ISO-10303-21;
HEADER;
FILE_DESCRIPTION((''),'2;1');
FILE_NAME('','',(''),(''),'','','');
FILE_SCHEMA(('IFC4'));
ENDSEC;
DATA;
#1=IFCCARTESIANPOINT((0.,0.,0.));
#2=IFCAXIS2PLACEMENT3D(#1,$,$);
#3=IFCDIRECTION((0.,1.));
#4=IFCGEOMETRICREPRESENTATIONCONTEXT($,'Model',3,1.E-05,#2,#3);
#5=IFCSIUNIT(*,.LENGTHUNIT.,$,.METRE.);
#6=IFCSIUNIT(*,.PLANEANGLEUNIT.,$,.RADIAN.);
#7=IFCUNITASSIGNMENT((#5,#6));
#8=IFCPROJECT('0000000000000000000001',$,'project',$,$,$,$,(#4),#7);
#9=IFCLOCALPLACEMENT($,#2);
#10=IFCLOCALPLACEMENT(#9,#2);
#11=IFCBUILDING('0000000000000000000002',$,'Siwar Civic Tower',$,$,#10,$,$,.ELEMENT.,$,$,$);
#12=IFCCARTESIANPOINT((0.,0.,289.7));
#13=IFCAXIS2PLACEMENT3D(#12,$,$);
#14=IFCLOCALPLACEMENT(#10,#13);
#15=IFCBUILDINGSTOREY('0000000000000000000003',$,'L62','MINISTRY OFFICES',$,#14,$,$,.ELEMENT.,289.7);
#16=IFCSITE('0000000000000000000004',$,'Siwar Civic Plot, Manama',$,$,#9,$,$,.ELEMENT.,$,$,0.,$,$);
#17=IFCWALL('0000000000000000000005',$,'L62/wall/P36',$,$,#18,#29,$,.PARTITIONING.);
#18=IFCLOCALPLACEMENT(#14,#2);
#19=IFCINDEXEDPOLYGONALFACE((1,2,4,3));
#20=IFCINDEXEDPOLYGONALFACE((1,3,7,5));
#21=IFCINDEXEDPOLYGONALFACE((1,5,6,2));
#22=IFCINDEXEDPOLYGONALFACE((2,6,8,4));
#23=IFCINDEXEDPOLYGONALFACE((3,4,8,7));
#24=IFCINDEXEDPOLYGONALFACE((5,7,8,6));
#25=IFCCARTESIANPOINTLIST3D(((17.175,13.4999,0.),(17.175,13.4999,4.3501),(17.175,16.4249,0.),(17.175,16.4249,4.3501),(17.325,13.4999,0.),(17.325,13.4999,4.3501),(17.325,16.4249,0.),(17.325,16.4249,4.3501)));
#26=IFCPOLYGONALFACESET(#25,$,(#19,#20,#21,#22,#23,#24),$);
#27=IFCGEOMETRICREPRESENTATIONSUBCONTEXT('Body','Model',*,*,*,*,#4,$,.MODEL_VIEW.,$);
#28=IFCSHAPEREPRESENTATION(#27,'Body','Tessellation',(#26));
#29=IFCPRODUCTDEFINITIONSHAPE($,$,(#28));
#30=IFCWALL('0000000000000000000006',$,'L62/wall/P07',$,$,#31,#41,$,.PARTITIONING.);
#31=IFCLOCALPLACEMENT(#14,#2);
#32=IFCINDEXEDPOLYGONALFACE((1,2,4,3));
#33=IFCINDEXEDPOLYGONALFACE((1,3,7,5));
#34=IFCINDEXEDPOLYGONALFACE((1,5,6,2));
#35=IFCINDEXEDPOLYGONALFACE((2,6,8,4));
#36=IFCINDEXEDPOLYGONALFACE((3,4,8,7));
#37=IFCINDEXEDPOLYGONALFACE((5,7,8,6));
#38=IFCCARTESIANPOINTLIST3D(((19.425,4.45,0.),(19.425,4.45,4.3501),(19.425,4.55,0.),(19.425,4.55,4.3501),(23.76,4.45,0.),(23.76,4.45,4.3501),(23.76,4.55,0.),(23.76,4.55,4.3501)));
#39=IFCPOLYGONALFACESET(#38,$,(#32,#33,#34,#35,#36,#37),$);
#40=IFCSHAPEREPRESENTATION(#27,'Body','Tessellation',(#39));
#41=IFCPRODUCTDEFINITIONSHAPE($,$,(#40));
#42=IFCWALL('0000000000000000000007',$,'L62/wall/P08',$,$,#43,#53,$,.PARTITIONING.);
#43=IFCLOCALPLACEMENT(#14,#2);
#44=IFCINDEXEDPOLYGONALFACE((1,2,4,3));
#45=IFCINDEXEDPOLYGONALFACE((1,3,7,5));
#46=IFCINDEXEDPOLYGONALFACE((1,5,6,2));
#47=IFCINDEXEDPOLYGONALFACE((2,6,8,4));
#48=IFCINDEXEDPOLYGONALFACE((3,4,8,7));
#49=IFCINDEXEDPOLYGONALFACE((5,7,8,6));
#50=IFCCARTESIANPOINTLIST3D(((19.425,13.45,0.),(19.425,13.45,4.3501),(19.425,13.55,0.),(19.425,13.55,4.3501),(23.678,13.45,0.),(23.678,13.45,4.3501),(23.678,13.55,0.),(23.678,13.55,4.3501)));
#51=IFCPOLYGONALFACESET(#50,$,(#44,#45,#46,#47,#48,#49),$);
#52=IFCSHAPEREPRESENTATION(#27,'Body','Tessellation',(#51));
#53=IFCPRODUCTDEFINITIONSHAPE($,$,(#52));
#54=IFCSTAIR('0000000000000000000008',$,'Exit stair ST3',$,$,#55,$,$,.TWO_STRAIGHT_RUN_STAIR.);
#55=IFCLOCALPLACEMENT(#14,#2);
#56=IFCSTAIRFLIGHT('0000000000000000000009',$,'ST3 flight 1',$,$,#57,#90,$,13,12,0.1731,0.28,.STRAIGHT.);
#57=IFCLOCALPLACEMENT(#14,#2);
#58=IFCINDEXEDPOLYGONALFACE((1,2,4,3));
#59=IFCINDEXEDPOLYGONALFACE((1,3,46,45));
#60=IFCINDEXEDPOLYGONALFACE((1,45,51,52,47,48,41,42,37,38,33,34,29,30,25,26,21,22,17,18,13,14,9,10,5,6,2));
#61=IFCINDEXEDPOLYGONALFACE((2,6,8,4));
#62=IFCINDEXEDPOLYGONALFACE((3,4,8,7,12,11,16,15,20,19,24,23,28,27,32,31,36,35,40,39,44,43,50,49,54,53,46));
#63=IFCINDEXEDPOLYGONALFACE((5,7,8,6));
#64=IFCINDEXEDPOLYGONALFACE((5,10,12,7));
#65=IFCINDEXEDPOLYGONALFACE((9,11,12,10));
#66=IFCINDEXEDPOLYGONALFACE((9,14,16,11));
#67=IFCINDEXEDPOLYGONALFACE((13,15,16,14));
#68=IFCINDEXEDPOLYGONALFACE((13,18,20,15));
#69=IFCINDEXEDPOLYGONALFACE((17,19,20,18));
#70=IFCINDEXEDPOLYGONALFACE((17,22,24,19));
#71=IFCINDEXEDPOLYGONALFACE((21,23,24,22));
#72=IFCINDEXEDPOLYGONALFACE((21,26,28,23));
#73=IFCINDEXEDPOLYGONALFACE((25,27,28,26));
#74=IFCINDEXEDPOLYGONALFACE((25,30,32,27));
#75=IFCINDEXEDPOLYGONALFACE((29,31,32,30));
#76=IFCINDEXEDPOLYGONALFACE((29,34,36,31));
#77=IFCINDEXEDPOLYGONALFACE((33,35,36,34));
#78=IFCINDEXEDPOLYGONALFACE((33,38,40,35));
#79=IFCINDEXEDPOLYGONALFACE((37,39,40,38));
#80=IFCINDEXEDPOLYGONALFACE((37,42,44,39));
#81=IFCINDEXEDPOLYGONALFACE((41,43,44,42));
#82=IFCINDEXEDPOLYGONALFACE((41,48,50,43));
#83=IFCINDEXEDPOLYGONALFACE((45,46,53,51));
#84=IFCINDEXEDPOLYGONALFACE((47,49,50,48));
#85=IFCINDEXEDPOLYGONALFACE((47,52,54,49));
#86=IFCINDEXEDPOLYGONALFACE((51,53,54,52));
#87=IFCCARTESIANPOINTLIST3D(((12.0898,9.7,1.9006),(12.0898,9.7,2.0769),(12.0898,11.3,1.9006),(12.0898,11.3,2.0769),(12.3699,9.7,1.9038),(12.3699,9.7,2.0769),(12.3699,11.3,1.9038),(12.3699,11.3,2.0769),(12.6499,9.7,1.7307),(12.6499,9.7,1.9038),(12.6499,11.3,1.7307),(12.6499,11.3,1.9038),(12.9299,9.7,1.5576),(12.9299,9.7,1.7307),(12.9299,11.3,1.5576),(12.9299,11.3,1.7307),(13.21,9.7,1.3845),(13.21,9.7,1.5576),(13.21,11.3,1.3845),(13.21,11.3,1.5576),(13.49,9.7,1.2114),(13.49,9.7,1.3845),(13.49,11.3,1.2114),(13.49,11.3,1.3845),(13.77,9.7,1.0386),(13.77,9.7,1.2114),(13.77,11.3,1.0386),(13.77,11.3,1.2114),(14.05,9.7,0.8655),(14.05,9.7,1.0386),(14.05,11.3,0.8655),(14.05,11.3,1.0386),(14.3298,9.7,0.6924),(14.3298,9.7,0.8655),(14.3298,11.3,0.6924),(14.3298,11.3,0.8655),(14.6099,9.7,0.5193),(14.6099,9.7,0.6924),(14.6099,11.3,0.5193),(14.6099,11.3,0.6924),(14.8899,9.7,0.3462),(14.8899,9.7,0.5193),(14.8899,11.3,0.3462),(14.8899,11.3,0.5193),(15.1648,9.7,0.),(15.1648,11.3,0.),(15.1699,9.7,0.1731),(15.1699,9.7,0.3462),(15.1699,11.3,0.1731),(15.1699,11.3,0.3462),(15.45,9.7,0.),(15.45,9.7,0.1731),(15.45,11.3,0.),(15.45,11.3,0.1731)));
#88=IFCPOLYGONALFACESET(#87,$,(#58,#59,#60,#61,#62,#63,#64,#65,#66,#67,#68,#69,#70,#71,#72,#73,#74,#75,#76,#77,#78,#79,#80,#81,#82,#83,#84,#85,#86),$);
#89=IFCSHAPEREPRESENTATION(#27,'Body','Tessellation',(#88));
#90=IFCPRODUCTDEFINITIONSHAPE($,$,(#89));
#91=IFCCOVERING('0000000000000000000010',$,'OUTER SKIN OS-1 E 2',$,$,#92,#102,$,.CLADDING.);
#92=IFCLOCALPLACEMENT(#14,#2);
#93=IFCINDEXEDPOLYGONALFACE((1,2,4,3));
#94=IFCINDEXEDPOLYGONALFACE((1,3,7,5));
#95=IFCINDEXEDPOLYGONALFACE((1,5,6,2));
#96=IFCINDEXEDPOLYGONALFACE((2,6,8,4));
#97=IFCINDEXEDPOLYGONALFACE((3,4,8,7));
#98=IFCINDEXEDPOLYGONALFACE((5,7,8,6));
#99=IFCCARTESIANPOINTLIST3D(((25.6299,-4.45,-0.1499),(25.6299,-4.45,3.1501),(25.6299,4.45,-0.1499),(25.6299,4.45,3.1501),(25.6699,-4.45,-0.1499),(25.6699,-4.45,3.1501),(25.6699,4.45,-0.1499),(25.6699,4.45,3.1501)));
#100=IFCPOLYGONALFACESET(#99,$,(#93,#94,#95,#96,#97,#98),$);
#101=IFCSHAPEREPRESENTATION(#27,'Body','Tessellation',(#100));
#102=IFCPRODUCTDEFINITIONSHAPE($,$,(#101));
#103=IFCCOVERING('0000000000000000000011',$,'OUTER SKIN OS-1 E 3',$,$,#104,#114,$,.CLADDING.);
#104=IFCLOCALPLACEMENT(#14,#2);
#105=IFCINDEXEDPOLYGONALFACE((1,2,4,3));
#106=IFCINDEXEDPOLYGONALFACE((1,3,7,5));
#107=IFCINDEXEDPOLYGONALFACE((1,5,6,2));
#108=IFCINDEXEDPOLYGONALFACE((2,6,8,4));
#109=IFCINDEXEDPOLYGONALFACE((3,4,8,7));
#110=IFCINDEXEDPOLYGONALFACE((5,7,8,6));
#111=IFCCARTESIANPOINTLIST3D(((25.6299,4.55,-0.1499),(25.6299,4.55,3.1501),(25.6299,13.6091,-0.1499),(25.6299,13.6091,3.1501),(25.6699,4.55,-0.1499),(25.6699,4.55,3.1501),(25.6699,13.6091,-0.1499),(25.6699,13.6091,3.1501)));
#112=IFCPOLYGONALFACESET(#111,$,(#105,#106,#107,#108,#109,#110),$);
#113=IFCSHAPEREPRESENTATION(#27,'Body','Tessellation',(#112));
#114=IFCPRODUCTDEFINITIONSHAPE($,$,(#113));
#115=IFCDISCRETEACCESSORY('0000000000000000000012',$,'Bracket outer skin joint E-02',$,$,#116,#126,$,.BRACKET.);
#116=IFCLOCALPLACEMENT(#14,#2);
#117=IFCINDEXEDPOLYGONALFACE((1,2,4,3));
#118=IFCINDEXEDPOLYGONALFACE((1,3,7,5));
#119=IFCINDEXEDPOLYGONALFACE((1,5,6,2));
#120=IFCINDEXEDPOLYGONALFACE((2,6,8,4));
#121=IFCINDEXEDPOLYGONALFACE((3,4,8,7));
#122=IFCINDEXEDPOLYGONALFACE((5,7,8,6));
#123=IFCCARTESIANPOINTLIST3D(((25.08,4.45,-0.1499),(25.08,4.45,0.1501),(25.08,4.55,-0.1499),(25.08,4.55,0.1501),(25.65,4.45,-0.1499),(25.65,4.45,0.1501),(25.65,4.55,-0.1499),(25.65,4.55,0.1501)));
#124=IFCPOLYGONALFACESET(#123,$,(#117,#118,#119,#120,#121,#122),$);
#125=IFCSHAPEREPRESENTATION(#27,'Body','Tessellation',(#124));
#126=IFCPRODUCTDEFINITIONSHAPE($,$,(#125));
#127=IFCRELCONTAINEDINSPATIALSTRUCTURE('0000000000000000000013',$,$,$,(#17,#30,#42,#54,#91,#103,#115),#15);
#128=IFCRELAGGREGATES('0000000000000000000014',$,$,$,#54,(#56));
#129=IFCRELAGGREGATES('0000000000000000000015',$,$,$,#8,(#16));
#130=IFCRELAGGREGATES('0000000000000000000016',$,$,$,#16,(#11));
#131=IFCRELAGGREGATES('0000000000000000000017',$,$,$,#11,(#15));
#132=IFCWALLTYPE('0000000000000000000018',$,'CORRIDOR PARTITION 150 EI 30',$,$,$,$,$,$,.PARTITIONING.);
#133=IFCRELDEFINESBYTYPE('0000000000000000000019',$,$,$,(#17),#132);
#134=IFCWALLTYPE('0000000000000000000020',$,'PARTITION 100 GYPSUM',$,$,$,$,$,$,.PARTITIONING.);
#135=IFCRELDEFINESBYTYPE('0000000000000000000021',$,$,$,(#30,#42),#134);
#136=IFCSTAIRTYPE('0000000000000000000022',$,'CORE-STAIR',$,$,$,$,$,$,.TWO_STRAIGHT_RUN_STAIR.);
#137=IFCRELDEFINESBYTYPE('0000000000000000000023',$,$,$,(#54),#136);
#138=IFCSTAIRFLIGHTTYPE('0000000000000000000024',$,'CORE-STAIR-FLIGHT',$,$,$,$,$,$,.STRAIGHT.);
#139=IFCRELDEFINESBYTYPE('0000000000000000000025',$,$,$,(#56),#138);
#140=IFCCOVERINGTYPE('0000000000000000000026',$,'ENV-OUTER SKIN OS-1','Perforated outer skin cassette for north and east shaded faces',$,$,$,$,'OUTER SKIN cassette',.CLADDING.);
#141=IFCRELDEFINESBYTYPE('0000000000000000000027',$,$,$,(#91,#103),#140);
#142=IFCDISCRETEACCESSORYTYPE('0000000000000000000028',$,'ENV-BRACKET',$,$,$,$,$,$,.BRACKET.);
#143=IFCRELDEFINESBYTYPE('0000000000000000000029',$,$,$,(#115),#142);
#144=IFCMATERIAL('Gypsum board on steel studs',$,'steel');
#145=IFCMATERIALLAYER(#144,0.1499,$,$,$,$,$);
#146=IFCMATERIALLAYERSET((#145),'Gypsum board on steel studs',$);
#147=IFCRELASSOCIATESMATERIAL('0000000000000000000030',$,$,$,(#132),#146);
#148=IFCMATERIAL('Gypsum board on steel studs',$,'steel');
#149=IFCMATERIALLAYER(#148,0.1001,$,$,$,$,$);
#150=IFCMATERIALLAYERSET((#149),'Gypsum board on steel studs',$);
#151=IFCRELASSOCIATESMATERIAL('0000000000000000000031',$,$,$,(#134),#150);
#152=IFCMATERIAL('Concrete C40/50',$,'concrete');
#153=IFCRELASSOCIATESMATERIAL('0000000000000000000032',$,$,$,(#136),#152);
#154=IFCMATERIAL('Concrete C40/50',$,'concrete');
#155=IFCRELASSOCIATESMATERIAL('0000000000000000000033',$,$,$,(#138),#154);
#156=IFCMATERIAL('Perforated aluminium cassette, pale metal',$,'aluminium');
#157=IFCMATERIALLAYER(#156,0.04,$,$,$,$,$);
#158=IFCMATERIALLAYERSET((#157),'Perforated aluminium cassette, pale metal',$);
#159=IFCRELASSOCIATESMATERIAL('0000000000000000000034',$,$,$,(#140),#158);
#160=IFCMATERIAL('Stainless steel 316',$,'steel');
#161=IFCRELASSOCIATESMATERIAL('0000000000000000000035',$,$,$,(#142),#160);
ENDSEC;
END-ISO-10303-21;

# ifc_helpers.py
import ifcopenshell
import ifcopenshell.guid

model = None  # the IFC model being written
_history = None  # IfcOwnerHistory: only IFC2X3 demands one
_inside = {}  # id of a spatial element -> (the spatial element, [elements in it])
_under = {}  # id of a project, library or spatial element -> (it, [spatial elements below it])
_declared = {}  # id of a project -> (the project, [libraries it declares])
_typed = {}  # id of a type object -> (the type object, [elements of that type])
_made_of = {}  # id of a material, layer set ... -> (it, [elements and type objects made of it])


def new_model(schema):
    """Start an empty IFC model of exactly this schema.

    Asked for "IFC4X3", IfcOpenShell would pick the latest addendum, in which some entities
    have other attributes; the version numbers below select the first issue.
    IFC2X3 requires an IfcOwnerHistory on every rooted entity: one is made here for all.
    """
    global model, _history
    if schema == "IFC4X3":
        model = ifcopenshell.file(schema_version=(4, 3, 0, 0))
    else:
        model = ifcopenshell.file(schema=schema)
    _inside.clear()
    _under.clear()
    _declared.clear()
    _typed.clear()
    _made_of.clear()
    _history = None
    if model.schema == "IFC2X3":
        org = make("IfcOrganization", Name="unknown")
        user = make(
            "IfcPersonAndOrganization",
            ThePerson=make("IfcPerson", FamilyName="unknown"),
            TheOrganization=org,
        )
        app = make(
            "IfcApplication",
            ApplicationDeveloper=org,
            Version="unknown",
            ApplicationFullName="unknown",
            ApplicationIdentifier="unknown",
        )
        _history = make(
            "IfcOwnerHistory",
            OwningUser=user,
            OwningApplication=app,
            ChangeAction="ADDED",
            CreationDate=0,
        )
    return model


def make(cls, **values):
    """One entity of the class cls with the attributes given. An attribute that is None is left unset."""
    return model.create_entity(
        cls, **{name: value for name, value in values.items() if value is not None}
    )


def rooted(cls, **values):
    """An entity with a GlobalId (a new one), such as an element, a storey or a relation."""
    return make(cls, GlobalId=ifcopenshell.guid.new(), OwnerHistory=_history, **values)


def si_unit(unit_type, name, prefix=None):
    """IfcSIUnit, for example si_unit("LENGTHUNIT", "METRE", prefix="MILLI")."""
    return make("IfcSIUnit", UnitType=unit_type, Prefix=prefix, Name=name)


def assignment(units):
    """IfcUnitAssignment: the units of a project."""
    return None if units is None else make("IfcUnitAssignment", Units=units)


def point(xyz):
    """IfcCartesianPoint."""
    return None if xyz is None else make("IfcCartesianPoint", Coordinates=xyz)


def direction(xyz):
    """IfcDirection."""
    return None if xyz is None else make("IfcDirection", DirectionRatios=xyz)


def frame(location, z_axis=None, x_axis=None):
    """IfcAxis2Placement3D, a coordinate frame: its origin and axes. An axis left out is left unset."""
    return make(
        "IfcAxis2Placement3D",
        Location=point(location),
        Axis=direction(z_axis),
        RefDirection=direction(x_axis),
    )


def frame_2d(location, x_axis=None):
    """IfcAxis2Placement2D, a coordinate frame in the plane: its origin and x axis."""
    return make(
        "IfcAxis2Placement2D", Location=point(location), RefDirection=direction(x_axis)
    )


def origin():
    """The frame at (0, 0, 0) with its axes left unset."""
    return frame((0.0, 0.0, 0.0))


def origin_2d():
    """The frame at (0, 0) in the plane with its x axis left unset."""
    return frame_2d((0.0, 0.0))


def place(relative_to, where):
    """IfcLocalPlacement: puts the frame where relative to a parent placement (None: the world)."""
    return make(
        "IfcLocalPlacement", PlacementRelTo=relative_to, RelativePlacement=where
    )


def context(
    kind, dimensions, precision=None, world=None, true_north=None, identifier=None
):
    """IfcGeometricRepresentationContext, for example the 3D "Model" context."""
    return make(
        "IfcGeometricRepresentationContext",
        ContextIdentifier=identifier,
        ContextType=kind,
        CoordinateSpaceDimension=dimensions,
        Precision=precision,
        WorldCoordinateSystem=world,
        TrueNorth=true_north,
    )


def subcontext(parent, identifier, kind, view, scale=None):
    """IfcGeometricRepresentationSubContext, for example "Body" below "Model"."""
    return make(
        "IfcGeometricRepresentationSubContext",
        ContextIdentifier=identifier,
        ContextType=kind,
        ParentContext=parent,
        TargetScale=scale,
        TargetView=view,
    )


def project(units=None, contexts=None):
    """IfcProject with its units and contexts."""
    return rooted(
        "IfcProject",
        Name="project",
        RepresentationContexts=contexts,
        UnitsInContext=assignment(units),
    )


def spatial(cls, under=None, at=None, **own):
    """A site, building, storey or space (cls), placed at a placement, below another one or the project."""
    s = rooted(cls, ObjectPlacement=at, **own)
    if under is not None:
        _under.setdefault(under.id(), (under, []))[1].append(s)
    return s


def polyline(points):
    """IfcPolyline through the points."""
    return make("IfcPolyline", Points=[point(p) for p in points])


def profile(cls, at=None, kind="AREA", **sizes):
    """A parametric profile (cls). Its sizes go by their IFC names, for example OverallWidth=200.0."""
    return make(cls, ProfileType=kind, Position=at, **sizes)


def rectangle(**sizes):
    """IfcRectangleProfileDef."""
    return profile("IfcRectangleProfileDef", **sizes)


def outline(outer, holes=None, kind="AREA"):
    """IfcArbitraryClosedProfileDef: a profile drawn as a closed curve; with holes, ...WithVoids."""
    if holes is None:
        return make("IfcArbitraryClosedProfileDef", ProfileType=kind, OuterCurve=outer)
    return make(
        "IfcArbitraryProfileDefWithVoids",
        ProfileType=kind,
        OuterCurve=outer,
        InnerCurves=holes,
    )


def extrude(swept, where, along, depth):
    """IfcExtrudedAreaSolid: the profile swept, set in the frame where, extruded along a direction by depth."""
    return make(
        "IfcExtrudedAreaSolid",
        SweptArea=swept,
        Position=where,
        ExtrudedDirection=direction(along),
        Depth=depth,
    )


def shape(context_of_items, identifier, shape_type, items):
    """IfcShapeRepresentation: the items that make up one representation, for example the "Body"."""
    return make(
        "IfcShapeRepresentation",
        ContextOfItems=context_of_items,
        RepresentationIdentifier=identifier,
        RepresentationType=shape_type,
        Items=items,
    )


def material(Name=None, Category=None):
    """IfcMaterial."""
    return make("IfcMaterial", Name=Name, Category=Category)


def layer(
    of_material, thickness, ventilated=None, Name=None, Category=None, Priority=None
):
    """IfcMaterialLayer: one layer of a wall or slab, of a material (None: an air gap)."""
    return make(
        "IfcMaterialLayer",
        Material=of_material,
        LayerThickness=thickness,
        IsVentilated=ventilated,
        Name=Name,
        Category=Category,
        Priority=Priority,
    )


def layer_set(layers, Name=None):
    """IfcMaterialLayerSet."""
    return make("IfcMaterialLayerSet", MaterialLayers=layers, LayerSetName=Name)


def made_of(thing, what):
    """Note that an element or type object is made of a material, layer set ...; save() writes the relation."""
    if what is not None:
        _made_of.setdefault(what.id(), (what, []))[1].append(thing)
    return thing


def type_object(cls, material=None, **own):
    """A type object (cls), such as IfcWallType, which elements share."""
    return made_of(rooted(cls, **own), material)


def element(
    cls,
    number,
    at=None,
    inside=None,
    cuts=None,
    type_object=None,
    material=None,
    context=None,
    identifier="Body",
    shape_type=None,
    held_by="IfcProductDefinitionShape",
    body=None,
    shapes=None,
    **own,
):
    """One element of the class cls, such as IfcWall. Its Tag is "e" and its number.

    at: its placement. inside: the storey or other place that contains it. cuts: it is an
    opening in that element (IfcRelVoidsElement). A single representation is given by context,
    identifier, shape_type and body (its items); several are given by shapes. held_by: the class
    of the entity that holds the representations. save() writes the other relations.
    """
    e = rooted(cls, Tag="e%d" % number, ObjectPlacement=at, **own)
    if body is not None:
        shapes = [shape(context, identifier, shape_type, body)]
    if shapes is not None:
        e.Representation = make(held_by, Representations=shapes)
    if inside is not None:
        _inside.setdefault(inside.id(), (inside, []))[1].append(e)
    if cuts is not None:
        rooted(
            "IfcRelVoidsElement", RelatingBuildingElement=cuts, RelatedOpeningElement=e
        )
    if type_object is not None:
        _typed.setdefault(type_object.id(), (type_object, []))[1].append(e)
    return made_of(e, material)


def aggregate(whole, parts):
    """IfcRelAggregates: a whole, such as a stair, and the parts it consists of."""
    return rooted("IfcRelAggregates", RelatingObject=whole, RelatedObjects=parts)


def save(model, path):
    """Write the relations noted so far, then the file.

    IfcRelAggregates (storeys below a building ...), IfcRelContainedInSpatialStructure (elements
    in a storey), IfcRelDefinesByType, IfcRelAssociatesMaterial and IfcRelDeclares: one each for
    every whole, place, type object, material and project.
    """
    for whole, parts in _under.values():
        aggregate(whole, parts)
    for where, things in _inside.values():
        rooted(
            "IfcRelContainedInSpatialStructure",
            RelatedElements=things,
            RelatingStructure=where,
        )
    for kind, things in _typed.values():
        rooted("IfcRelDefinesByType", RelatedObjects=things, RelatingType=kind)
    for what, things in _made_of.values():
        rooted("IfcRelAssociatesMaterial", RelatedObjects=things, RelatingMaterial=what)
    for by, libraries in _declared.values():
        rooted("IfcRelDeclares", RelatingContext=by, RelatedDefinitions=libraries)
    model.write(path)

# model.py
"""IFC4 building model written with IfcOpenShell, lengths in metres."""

from ifc_helpers import new_model, si_unit, direction, frame, frame_2d, origin, origin_2d, place, context, subcontext, project, spatial, polyline, rectangle, outline, extrude, material, layer, layer_set, type_object, element, aggregate, save


model = new_model("IFC4")

# Units and contexts
model_context = context("Model", 3, precision=1e-05, world=origin(), true_north=direction((0.0, 1.0)))
body_context = subcontext(model_context, "Body", "Model", "MODEL_VIEW")
ifc_project = project(units=[si_unit("LENGTHUNIT", "METRE"), si_unit("PLANEANGLEUNIT", "RADIAN")], contexts=[model_context])

# Site, building, storey
site_placement = place(None, origin())
site = spatial("IfcSite", under=ifc_project, at=site_placement, Name="Siwar Civic Plot, Manama", CompositionType="ELEMENT", RefElevation=0.0)
building_placement = place(site_placement, origin())
building = spatial("IfcBuilding", under=site, at=building_placement, Name="Siwar Civic Tower", CompositionType="ELEMENT")
storey_placement = place(building_placement, frame((0.0, 0.0, 289.7)))
storey = spatial("IfcBuildingStorey", under=building, at=storey_placement, Name="L62", Description="MINISTRY OFFICES", CompositionType="ELEMENT", Elevation=289.7)

# Walls
ifc_material_1 = material(Name="Gypsum board on steel studs", Category="steel")
ifc_layer_1 = layer(ifc_material_1, 0.1499)
ifc_layer_set_1 = layer_set([ifc_layer_1], Name="Gypsum board on steel studs")
wall_type_1 = type_object("IfcWallType", Name="CORRIDOR PARTITION 150 EI 30", PredefinedType="PARTITIONING", material=ifc_layer_set_1)
wall_1_placement = place(storey_placement, frame((17.25, 13.5, 0.0), z_axis=(0.0, 0.0, 1.0), x_axis=(0.0, 1.0, 0.0)))
element("IfcWall", 1, at=wall_1_placement, inside=storey, type_object=wall_type_1, Name="L62/wall/P36", PredefinedType="PARTITIONING", context=body_context, shape_type="SweptSolid", body=[
    extrude(rectangle(XDim=2.925, YDim=0.1499, at=frame_2d((1.4624, 0.0))), origin(), (0.0, 0.0, 1.0), 4.3501),
])
ifc_material_2 = material(Name="Gypsum board on steel studs", Category="steel")
ifc_layer_2 = layer(ifc_material_2, 0.1001)
ifc_layer_set_2 = layer_set([ifc_layer_2], Name="Gypsum board on steel studs")
wall_type_2 = type_object("IfcWallType", Name="PARTITION 100 GYPSUM", PredefinedType="PARTITIONING", material=ifc_layer_set_2)
wall_2_placement = place(storey_placement, frame((19.425, 4.5, 0.0), z_axis=(0.0, 0.0, 1.0), x_axis=(1.0, 0.0, 0.0)))
element("IfcWall", 2, at=wall_2_placement, inside=storey, type_object=wall_type_2, Name="L62/wall/P07", PredefinedType="PARTITIONING", context=body_context, shape_type="SweptSolid", body=[
    extrude(rectangle(XDim=4.335, YDim=0.1001, at=frame_2d((2.1675, 0.0))), origin(), (0.0, 0.0, 1.0), 4.3501),
])
wall_3_placement = place(storey_placement, frame((19.425, 13.5, 0.0), z_axis=(0.0, 0.0, 1.0), x_axis=(1.0, 0.0, 0.0)))
element("IfcWall", 3, at=wall_3_placement, inside=storey, type_object=wall_type_2, Name="L62/wall/P08", PredefinedType="PARTITIONING", context=body_context, shape_type="SweptSolid", body=[
    extrude(rectangle(XDim=4.2529, YDim=0.1001, at=frame_2d((2.1265, 0.0))), origin(), (0.0, 0.0, 1.0), 4.3501),
])

# Stair, stair flight
ifc_material_3 = material(Name="Concrete C40/50", Category="concrete")
stair_type = type_object("IfcStairType", Name="CORE-STAIR", PredefinedType="TWO_STRAIGHT_RUN_STAIR", material=ifc_material_3)
stair_placement = place(storey_placement, origin())
stair = element("IfcStair", 4, at=stair_placement, inside=storey, type_object=stair_type, Name="Exit stair ST3", PredefinedType="TWO_STRAIGHT_RUN_STAIR")
ifc_material_4 = material(Name="Concrete C40/50", Category="concrete")
stair_flight_type = type_object("IfcStairFlightType", Name="CORE-STAIR-FLIGHT", PredefinedType="STRAIGHT", material=ifc_material_4)
stair_flight_placement = place(storey_placement, frame((15.45, 10.5, 0.0), z_axis=(0.0, 0.0, 1.0), x_axis=(-1.0, 0.0, 0.0)))
stair_flight = element("IfcStairFlight", 5, at=stair_flight_placement, type_object=stair_flight_type, Name="ST3 flight 1", NumberOfRisers=13, NumberOfTreads=12, PredefinedType="STRAIGHT", RiserHeight=0.1731, TreadLength=0.28, context=body_context, shape_type="SweptSolid", body=[
    extrude(outline(polyline([(0.0, 0.0), (0.0, 0.1731), (0.28, 0.1731), (0.28, 0.3462), (0.5601, 0.3462), (0.5601, 0.5193), (0.8401, 0.5193), (0.8401, 0.6924), (1.1201, 0.6924), (1.1201, 0.8655), (1.3999, 0.8655), (1.3999, 1.0386), (1.6799, 1.0386), (1.6799, 1.2114), (1.96, 1.2114), (1.96, 1.3845), (2.24, 1.3845), (2.24, 1.5576), (2.52, 1.5576), (2.52, 1.7307), (2.8, 1.7307), (2.8, 1.9038), (3.0801, 1.9038), (3.0801, 2.0769), (3.3601, 2.0769), (3.3601, 2.25), (3.3601, 1.9006), (0.2852, 0.0), (0.0, 0.0)])), frame((0.0, 0.8, 0.0), z_axis=(0.0, -1.0, 0.0), x_axis=(1.0, 0.0, 0.0)), (0.0, 0.0, 1.0), 1.6001),
])
aggregate(stair, [stair_flight])

# Coverings
ifc_material_5 = material(Name="Perforated aluminium cassette, pale metal", Category="aluminium")
ifc_layer_3 = layer(ifc_material_5, 0.04)
ifc_layer_set_3 = layer_set([ifc_layer_3], Name="Perforated aluminium cassette, pale metal")
covering_type = type_object("IfcCoveringType", Name="ENV-OUTER SKIN OS-1", Description="Perforated outer skin cassette for north and east shaded faces", ElementType="OUTER SKIN cassette", PredefinedType="CLADDING", material=ifc_layer_set_3)
covering_1_placement = place(storey_placement, frame((25.6499, 0.0, -0.1499), z_axis=(0.0, 0.0, 1.0), x_axis=(0.0, 1.0, 0.0)))
element("IfcCovering", 6, at=covering_1_placement, inside=storey, type_object=covering_type, Name="OUTER SKIN OS-1 E 2", PredefinedType="CLADDING", context=body_context, shape_type="SweptSolid", body=[
    extrude(rectangle(XDim=8.8999, YDim=0.04, at=origin_2d()), origin(), (0.0, 0.0, 1.0), 3.3),
])
covering_2_placement = place(storey_placement, frame((25.6499, 9.0796, -0.1499), z_axis=(0.0, 0.0, 1.0), x_axis=(0.0, 1.0, 0.0)))
element("IfcCovering", 7, at=covering_2_placement, inside=storey, type_object=covering_type, Name="OUTER SKIN OS-1 E 3", PredefinedType="CLADDING", context=body_context, shape_type="SweptSolid", body=[
    extrude(rectangle(XDim=9.0591, YDim=0.04, at=origin_2d()), origin(), (0.0, 0.0, 1.0), 3.3),
])

# Discrete accessory
ifc_material_6 = material(Name="Stainless steel 316", Category="steel")
discrete_accessory_type = type_object("IfcDiscreteAccessoryType", Name="ENV-BRACKET", PredefinedType="BRACKET", material=ifc_material_6)
discrete_accessory_placement = place(storey_placement, frame((25.365, 4.5, -0.1499), z_axis=(0.0, 0.0, 1.0), x_axis=(1.0, 0.0, 0.0)))
element("IfcDiscreteAccessory", 8, at=discrete_accessory_placement, inside=storey, type_object=discrete_accessory_type, Name="Bracket outer skin joint E-02", PredefinedType="BRACKET", context=body_context, shape_type="SweptSolid", body=[
    extrude(rectangle(XDim=0.5701, YDim=0.1001, at=origin_2d()), origin(), (0.0, 0.0, 1.0), 0.3),
])

save(model, "model.ifc")
